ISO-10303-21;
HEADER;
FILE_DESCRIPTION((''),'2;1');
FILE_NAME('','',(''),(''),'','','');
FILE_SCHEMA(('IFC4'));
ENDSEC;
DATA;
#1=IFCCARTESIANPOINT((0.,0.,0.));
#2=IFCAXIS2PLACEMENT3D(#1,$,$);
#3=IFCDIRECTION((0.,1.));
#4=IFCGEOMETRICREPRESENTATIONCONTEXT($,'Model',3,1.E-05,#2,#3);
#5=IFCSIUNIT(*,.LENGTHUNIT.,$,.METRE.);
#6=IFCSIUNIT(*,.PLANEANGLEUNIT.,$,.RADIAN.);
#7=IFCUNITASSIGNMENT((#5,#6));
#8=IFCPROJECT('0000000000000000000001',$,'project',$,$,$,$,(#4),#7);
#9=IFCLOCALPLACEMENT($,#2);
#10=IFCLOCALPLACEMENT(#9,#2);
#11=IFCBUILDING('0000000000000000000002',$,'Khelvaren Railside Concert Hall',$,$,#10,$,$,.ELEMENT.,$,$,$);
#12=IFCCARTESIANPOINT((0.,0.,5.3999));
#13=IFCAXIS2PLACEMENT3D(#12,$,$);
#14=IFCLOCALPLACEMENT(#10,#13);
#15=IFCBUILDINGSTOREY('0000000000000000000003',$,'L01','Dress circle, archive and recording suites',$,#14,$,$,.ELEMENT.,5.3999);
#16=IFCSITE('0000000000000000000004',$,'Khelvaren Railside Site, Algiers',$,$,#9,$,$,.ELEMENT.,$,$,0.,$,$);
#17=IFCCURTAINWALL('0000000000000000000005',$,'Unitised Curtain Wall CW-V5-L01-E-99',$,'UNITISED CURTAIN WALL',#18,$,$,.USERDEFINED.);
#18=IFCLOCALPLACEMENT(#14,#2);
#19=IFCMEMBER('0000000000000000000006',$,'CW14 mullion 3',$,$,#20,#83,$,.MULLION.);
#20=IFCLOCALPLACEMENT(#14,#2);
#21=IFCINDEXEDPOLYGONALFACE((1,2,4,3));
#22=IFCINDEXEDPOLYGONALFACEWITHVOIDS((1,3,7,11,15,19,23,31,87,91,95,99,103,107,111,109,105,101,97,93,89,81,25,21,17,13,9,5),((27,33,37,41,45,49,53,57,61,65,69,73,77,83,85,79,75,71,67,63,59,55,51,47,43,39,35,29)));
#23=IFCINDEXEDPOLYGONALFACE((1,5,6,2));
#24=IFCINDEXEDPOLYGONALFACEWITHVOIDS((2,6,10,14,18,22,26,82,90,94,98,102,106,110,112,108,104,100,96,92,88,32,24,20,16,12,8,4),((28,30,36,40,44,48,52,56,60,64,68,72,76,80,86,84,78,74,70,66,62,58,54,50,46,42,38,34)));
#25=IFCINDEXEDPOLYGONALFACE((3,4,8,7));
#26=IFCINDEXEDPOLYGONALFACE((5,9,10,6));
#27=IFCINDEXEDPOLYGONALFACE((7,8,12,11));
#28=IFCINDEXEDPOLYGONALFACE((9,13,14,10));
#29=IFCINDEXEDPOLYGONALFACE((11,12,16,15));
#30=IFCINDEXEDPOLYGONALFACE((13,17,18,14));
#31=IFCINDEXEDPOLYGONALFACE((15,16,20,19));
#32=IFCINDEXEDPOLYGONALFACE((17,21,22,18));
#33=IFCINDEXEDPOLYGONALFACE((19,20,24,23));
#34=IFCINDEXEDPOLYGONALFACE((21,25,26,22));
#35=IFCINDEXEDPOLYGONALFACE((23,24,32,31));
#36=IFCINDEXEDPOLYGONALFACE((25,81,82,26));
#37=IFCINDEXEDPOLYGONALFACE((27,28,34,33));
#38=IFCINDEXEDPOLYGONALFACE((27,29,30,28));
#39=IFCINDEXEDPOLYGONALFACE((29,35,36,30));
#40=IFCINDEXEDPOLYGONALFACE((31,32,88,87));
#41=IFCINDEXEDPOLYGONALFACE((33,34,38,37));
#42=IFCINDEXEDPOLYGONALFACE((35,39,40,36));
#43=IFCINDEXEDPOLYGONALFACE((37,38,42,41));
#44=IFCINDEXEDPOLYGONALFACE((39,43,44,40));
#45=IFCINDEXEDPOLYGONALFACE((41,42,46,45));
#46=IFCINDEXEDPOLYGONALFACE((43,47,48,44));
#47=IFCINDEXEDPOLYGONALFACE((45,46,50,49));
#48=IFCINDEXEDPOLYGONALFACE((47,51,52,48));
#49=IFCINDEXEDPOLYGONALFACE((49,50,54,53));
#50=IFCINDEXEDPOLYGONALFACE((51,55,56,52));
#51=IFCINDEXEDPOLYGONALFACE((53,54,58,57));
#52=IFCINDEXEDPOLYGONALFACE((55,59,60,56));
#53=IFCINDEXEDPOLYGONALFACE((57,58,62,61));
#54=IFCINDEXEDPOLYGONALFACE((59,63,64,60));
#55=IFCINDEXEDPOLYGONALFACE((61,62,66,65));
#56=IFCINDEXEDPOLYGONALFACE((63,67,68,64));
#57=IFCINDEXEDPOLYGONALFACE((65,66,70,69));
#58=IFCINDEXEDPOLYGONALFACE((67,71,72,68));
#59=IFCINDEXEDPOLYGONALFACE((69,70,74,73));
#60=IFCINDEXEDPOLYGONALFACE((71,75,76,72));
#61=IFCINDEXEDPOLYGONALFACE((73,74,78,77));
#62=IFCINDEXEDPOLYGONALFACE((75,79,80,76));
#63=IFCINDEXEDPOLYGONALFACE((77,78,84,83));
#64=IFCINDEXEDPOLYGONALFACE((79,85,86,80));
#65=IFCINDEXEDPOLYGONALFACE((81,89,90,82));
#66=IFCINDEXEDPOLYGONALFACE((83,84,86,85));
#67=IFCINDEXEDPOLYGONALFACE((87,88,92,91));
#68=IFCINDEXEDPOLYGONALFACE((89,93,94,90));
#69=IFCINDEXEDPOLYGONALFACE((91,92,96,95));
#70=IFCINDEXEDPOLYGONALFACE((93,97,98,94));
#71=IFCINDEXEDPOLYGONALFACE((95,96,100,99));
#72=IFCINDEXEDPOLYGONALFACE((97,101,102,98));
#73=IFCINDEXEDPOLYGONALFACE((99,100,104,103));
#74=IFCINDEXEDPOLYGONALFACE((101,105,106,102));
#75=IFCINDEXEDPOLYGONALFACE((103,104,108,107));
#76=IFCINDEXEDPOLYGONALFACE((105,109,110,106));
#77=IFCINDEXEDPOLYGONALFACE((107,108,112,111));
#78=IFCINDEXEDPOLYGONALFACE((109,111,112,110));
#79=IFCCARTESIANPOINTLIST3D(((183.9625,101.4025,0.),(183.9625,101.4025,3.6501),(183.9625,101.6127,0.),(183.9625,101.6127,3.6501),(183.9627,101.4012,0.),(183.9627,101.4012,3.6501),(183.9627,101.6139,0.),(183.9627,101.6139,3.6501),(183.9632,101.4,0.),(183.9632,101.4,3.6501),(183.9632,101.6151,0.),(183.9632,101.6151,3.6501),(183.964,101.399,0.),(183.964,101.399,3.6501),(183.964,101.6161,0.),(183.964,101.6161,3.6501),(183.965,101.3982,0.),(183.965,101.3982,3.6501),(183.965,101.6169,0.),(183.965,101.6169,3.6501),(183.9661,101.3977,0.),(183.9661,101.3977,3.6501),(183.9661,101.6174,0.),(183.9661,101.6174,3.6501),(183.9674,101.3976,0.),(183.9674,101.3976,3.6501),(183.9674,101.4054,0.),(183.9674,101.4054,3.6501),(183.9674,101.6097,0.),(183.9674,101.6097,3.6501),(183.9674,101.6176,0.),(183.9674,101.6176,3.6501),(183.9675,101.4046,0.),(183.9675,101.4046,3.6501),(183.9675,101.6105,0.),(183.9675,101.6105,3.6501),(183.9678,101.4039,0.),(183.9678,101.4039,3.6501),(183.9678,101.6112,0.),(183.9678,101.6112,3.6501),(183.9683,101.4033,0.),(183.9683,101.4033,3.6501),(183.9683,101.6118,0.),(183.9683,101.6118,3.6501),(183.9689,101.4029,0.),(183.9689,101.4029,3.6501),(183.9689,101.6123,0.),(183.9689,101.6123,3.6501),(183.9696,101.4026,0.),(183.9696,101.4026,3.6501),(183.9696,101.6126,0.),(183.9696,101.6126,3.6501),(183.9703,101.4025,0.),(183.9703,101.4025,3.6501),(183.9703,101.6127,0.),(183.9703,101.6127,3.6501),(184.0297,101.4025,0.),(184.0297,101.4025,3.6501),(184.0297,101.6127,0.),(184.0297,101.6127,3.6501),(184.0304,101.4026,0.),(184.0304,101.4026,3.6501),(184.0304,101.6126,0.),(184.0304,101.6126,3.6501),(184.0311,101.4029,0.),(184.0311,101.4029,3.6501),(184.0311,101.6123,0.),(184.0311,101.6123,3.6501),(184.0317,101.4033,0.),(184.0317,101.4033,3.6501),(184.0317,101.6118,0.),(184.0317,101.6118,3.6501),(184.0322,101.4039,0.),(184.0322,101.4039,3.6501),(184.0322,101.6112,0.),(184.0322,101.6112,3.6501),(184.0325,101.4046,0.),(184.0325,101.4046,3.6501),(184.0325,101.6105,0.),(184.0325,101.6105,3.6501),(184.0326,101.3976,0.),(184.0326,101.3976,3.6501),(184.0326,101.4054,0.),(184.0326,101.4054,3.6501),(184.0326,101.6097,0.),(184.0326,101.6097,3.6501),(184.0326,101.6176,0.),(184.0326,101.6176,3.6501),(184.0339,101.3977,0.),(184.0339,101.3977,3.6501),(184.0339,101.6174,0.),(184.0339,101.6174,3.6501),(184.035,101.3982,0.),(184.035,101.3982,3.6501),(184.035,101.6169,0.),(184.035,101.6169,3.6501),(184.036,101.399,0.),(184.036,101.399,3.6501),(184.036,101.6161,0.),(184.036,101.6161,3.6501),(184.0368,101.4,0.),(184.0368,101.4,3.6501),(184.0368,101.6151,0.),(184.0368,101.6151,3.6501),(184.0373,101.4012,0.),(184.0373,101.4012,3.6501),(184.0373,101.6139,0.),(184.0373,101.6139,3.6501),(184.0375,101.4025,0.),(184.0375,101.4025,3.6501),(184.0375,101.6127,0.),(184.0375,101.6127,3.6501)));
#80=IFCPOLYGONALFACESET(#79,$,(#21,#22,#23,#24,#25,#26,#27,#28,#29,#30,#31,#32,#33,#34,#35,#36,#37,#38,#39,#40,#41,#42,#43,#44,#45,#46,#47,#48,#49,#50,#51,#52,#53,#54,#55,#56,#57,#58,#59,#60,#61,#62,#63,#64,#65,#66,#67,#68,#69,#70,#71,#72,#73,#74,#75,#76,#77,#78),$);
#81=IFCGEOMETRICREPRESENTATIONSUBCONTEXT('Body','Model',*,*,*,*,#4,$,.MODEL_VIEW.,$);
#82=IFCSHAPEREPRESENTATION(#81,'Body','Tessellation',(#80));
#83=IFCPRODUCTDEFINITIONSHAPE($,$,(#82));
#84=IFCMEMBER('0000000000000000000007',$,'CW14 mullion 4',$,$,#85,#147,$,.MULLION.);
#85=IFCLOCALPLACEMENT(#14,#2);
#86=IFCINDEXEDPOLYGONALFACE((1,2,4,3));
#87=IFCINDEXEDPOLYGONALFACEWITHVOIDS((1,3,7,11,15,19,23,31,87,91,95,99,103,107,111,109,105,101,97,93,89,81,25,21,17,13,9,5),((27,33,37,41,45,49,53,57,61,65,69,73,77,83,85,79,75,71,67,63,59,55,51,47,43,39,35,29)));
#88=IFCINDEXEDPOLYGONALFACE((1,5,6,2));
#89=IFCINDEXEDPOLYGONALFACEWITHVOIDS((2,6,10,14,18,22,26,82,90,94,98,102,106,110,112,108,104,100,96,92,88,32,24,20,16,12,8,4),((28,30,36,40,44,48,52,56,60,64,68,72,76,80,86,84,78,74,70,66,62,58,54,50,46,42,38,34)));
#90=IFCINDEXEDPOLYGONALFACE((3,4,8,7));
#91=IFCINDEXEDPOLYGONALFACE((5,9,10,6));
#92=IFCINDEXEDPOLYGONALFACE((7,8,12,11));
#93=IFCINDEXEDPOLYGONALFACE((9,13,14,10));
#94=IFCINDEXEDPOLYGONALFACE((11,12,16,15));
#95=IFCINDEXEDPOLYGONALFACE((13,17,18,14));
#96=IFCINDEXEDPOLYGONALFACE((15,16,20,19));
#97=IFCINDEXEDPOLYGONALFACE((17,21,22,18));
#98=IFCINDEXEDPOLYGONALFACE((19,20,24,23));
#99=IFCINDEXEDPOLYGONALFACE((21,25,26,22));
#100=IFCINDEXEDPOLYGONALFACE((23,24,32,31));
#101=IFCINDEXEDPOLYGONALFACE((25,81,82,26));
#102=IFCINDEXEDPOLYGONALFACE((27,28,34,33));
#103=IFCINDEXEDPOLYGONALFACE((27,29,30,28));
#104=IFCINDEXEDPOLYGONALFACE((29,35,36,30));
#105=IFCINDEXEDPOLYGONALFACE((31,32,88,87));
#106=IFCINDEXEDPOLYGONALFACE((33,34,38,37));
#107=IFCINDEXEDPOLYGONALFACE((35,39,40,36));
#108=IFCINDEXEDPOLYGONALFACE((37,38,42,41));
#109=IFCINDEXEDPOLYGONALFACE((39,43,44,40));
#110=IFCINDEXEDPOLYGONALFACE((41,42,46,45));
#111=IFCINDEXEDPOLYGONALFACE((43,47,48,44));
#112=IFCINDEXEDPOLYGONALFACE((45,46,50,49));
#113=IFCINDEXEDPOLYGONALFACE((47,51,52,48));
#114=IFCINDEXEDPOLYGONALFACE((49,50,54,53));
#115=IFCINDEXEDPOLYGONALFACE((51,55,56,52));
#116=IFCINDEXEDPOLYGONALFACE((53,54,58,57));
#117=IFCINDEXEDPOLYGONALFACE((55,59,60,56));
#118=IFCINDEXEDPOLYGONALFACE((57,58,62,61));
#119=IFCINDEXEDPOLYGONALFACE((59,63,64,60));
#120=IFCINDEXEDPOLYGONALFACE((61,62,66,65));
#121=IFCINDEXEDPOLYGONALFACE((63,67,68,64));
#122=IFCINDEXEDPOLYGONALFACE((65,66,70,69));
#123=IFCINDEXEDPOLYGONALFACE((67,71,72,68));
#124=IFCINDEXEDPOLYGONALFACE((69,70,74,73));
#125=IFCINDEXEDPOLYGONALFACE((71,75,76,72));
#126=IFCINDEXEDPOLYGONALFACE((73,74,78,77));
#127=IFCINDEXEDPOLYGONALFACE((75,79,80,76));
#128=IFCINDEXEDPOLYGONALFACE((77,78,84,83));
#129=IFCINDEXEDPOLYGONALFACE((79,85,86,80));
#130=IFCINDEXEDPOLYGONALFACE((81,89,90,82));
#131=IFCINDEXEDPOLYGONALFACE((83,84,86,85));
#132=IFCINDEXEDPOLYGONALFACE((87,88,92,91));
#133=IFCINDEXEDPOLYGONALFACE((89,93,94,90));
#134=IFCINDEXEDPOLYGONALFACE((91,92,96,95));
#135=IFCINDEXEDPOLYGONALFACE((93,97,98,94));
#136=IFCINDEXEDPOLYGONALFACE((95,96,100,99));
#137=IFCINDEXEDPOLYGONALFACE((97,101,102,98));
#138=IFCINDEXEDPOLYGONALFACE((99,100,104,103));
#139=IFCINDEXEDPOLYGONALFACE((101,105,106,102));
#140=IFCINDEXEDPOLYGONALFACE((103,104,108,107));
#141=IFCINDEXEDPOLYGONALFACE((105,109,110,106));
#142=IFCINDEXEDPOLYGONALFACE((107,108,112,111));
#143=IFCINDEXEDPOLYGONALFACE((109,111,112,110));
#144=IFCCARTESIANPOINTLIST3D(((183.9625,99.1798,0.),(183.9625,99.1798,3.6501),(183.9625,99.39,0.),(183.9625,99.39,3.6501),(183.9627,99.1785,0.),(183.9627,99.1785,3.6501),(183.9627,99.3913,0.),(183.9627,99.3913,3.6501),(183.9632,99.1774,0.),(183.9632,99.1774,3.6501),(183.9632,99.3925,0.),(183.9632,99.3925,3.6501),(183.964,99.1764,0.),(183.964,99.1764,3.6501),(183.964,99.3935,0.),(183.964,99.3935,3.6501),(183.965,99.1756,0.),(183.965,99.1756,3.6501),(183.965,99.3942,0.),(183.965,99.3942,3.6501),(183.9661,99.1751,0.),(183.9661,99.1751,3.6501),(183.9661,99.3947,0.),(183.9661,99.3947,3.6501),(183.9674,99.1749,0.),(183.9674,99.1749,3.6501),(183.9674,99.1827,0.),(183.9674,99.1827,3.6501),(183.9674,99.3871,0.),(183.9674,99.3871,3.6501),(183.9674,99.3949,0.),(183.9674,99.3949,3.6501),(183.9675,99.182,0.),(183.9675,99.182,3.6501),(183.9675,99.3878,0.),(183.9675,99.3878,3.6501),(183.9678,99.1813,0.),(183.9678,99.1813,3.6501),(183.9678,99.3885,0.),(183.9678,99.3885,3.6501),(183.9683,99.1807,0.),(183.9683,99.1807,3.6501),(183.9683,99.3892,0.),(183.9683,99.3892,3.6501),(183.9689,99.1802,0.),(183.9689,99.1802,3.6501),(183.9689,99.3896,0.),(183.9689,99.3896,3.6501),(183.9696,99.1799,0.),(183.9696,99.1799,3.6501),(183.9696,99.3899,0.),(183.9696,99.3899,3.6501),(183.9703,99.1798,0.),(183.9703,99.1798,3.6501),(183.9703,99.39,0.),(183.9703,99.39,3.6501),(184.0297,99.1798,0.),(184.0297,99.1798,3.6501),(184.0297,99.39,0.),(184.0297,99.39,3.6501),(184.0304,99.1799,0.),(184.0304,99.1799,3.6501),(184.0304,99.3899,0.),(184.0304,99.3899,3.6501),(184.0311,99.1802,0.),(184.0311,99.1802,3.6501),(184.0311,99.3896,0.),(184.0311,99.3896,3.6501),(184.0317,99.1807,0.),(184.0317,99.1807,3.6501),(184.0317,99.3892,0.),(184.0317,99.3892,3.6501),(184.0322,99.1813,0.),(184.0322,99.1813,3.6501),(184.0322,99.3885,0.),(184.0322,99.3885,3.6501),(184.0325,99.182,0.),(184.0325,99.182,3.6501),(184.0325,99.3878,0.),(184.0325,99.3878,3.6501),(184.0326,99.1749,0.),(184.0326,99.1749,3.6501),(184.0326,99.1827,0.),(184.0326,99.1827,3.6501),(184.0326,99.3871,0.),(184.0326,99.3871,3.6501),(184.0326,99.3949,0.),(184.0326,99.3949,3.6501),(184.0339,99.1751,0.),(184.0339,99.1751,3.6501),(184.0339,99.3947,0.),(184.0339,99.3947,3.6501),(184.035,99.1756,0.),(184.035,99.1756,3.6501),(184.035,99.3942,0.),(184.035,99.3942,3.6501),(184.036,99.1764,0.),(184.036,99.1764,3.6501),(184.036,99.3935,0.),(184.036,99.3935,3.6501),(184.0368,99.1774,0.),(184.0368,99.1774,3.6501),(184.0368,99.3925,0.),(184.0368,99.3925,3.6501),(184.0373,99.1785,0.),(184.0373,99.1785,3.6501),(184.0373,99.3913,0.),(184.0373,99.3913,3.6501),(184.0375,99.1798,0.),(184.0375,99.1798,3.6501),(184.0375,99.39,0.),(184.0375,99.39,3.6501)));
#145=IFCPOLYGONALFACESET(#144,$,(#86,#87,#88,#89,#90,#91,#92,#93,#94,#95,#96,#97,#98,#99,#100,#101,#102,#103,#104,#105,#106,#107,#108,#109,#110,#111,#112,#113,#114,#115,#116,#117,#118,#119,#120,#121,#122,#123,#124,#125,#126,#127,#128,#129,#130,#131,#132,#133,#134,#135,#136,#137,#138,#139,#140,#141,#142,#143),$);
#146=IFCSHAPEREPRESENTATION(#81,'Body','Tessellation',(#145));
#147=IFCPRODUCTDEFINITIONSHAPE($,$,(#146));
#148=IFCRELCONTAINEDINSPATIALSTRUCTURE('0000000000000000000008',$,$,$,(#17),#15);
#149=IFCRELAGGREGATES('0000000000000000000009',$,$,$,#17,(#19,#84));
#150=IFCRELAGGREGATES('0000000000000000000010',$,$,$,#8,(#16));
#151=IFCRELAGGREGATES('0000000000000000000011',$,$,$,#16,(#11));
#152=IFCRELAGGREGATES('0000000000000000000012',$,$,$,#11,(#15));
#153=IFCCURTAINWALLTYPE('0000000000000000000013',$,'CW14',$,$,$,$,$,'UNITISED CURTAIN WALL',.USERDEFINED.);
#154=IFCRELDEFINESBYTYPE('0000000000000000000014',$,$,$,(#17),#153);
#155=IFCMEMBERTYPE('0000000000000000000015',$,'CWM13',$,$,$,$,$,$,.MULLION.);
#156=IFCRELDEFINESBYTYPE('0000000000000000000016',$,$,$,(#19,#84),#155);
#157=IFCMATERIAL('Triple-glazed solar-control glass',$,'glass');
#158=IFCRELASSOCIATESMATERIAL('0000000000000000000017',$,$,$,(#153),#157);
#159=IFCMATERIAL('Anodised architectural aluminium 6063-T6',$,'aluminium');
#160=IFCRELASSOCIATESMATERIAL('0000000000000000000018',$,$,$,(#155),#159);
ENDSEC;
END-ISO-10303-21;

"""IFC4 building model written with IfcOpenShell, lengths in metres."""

from ifc_helpers import new_model, si_unit, direction, frame, origin, origin_2d, place, context, subcontext, project, spatial, hollow_rectangle, extrude, material, material_profile, profile_set, type_object, element, aggregate, save


model = new_model("IFC4")

# Units and contexts
model_context = context("Model", 3, precision=1e-05, world=origin(), true_north=direction((0.0, 1.0)))
body_context = subcontext(model_context, "Body", "Model", "MODEL_VIEW")
ifc_project = project(units=[si_unit("LENGTHUNIT", "METRE"), si_unit("PLANEANGLEUNIT", "RADIAN")], contexts=[model_context])

# Site, building, storey
site_placement = place(None, origin())
site = spatial("IfcSite", under=ifc_project, at=site_placement, Name="Khelvaren Railside Site, Algiers", CompositionType="ELEMENT", RefElevation=0.0)
building_placement = place(site_placement, origin())
building = spatial("IfcBuilding", under=site, at=building_placement, Name="Khelvaren Railside Concert Hall", CompositionType="ELEMENT")
storey_placement = place(building_placement, frame((0.0, 0.0, 5.3999)))
storey = spatial("IfcBuildingStorey", under=building, at=storey_placement, Name="L01", Description="Dress circle, archive and recording suites", CompositionType="ELEMENT", Elevation=5.3999)

# Curtain wall, members
ifc_material_1 = material(Name="Triple-glazed solar-control glass", Category="glass")
curtain_wall_type = type_object("IfcCurtainWallType", Name="CW14", ElementType="UNITISED CURTAIN WALL", PredefinedType="USERDEFINED", material=ifc_material_1)
curtain_wall_placement = place(storey_placement, origin())
curtain_wall = element("IfcCurtainWall", 1, at=curtain_wall_placement, inside=storey, type_object=curtain_wall_type, Name="Unitised Curtain Wall CW-V5-L01-E-99", ObjectType="UNITISED CURTAIN WALL", PredefinedType="USERDEFINED")
ifc_material_2 = material(Name="Anodised architectural aluminium 6063-T6", Category="aluminium")
ifc_material_profile_1 = material_profile(ifc_material_2, hollow_rectangle(XDim=0.075, YDim=0.22, WallThickness=0.0049, InnerFilletRadius=0.0029, OuterFilletRadius=0.0049, at=origin_2d()), Name="CWM 75x220x5")
ifc_profile_set_1 = profile_set([ifc_material_profile_1], Name="Anodised architectural aluminium 6063-T6")
member_type_1 = type_object("IfcMemberType", Name="CWM13", PredefinedType="MULLION", material=ifc_profile_set_1)
member_1_placement = place(storey_placement, frame((184.0, 101.5076, 0.0), z_axis=(0.0, 0.0, 1.0), x_axis=(1.0, 0.0, 0.0)))
member_1 = element("IfcMember", 2, at=member_1_placement, type_object=member_type_1, Name="CW14 mullion 3", PredefinedType="MULLION", context=body_context, shape_type="SweptSolid", body=[
    extrude(hollow_rectangle(XDim=0.075, YDim=0.22, WallThickness=0.0049, InnerFilletRadius=0.0029, OuterFilletRadius=0.0049, at=origin_2d()), origin(), (0.0, 0.0, 1.0), 3.6501),
])
member_2_placement = place(storey_placement, frame((184.0, 99.2849, 0.0), z_axis=(0.0, 0.0, 1.0), x_axis=(1.0, 0.0, 0.0)))
member_2 = element("IfcMember", 3, at=member_2_placement, type_object=member_type_1, Name="CW14 mullion 4", PredefinedType="MULLION", context=body_context, shape_type="SweptSolid", body=[
    extrude(hollow_rectangle(XDim=0.075, YDim=0.22, WallThickness=0.0049, InnerFilletRadius=0.0029, OuterFilletRadius=0.0049, at=origin_2d()), origin(), (0.0, 0.0, 1.0), 3.6501),
])

aggregate(curtain_wall, [member_1, member_2])

save(model, "model.ifc")
